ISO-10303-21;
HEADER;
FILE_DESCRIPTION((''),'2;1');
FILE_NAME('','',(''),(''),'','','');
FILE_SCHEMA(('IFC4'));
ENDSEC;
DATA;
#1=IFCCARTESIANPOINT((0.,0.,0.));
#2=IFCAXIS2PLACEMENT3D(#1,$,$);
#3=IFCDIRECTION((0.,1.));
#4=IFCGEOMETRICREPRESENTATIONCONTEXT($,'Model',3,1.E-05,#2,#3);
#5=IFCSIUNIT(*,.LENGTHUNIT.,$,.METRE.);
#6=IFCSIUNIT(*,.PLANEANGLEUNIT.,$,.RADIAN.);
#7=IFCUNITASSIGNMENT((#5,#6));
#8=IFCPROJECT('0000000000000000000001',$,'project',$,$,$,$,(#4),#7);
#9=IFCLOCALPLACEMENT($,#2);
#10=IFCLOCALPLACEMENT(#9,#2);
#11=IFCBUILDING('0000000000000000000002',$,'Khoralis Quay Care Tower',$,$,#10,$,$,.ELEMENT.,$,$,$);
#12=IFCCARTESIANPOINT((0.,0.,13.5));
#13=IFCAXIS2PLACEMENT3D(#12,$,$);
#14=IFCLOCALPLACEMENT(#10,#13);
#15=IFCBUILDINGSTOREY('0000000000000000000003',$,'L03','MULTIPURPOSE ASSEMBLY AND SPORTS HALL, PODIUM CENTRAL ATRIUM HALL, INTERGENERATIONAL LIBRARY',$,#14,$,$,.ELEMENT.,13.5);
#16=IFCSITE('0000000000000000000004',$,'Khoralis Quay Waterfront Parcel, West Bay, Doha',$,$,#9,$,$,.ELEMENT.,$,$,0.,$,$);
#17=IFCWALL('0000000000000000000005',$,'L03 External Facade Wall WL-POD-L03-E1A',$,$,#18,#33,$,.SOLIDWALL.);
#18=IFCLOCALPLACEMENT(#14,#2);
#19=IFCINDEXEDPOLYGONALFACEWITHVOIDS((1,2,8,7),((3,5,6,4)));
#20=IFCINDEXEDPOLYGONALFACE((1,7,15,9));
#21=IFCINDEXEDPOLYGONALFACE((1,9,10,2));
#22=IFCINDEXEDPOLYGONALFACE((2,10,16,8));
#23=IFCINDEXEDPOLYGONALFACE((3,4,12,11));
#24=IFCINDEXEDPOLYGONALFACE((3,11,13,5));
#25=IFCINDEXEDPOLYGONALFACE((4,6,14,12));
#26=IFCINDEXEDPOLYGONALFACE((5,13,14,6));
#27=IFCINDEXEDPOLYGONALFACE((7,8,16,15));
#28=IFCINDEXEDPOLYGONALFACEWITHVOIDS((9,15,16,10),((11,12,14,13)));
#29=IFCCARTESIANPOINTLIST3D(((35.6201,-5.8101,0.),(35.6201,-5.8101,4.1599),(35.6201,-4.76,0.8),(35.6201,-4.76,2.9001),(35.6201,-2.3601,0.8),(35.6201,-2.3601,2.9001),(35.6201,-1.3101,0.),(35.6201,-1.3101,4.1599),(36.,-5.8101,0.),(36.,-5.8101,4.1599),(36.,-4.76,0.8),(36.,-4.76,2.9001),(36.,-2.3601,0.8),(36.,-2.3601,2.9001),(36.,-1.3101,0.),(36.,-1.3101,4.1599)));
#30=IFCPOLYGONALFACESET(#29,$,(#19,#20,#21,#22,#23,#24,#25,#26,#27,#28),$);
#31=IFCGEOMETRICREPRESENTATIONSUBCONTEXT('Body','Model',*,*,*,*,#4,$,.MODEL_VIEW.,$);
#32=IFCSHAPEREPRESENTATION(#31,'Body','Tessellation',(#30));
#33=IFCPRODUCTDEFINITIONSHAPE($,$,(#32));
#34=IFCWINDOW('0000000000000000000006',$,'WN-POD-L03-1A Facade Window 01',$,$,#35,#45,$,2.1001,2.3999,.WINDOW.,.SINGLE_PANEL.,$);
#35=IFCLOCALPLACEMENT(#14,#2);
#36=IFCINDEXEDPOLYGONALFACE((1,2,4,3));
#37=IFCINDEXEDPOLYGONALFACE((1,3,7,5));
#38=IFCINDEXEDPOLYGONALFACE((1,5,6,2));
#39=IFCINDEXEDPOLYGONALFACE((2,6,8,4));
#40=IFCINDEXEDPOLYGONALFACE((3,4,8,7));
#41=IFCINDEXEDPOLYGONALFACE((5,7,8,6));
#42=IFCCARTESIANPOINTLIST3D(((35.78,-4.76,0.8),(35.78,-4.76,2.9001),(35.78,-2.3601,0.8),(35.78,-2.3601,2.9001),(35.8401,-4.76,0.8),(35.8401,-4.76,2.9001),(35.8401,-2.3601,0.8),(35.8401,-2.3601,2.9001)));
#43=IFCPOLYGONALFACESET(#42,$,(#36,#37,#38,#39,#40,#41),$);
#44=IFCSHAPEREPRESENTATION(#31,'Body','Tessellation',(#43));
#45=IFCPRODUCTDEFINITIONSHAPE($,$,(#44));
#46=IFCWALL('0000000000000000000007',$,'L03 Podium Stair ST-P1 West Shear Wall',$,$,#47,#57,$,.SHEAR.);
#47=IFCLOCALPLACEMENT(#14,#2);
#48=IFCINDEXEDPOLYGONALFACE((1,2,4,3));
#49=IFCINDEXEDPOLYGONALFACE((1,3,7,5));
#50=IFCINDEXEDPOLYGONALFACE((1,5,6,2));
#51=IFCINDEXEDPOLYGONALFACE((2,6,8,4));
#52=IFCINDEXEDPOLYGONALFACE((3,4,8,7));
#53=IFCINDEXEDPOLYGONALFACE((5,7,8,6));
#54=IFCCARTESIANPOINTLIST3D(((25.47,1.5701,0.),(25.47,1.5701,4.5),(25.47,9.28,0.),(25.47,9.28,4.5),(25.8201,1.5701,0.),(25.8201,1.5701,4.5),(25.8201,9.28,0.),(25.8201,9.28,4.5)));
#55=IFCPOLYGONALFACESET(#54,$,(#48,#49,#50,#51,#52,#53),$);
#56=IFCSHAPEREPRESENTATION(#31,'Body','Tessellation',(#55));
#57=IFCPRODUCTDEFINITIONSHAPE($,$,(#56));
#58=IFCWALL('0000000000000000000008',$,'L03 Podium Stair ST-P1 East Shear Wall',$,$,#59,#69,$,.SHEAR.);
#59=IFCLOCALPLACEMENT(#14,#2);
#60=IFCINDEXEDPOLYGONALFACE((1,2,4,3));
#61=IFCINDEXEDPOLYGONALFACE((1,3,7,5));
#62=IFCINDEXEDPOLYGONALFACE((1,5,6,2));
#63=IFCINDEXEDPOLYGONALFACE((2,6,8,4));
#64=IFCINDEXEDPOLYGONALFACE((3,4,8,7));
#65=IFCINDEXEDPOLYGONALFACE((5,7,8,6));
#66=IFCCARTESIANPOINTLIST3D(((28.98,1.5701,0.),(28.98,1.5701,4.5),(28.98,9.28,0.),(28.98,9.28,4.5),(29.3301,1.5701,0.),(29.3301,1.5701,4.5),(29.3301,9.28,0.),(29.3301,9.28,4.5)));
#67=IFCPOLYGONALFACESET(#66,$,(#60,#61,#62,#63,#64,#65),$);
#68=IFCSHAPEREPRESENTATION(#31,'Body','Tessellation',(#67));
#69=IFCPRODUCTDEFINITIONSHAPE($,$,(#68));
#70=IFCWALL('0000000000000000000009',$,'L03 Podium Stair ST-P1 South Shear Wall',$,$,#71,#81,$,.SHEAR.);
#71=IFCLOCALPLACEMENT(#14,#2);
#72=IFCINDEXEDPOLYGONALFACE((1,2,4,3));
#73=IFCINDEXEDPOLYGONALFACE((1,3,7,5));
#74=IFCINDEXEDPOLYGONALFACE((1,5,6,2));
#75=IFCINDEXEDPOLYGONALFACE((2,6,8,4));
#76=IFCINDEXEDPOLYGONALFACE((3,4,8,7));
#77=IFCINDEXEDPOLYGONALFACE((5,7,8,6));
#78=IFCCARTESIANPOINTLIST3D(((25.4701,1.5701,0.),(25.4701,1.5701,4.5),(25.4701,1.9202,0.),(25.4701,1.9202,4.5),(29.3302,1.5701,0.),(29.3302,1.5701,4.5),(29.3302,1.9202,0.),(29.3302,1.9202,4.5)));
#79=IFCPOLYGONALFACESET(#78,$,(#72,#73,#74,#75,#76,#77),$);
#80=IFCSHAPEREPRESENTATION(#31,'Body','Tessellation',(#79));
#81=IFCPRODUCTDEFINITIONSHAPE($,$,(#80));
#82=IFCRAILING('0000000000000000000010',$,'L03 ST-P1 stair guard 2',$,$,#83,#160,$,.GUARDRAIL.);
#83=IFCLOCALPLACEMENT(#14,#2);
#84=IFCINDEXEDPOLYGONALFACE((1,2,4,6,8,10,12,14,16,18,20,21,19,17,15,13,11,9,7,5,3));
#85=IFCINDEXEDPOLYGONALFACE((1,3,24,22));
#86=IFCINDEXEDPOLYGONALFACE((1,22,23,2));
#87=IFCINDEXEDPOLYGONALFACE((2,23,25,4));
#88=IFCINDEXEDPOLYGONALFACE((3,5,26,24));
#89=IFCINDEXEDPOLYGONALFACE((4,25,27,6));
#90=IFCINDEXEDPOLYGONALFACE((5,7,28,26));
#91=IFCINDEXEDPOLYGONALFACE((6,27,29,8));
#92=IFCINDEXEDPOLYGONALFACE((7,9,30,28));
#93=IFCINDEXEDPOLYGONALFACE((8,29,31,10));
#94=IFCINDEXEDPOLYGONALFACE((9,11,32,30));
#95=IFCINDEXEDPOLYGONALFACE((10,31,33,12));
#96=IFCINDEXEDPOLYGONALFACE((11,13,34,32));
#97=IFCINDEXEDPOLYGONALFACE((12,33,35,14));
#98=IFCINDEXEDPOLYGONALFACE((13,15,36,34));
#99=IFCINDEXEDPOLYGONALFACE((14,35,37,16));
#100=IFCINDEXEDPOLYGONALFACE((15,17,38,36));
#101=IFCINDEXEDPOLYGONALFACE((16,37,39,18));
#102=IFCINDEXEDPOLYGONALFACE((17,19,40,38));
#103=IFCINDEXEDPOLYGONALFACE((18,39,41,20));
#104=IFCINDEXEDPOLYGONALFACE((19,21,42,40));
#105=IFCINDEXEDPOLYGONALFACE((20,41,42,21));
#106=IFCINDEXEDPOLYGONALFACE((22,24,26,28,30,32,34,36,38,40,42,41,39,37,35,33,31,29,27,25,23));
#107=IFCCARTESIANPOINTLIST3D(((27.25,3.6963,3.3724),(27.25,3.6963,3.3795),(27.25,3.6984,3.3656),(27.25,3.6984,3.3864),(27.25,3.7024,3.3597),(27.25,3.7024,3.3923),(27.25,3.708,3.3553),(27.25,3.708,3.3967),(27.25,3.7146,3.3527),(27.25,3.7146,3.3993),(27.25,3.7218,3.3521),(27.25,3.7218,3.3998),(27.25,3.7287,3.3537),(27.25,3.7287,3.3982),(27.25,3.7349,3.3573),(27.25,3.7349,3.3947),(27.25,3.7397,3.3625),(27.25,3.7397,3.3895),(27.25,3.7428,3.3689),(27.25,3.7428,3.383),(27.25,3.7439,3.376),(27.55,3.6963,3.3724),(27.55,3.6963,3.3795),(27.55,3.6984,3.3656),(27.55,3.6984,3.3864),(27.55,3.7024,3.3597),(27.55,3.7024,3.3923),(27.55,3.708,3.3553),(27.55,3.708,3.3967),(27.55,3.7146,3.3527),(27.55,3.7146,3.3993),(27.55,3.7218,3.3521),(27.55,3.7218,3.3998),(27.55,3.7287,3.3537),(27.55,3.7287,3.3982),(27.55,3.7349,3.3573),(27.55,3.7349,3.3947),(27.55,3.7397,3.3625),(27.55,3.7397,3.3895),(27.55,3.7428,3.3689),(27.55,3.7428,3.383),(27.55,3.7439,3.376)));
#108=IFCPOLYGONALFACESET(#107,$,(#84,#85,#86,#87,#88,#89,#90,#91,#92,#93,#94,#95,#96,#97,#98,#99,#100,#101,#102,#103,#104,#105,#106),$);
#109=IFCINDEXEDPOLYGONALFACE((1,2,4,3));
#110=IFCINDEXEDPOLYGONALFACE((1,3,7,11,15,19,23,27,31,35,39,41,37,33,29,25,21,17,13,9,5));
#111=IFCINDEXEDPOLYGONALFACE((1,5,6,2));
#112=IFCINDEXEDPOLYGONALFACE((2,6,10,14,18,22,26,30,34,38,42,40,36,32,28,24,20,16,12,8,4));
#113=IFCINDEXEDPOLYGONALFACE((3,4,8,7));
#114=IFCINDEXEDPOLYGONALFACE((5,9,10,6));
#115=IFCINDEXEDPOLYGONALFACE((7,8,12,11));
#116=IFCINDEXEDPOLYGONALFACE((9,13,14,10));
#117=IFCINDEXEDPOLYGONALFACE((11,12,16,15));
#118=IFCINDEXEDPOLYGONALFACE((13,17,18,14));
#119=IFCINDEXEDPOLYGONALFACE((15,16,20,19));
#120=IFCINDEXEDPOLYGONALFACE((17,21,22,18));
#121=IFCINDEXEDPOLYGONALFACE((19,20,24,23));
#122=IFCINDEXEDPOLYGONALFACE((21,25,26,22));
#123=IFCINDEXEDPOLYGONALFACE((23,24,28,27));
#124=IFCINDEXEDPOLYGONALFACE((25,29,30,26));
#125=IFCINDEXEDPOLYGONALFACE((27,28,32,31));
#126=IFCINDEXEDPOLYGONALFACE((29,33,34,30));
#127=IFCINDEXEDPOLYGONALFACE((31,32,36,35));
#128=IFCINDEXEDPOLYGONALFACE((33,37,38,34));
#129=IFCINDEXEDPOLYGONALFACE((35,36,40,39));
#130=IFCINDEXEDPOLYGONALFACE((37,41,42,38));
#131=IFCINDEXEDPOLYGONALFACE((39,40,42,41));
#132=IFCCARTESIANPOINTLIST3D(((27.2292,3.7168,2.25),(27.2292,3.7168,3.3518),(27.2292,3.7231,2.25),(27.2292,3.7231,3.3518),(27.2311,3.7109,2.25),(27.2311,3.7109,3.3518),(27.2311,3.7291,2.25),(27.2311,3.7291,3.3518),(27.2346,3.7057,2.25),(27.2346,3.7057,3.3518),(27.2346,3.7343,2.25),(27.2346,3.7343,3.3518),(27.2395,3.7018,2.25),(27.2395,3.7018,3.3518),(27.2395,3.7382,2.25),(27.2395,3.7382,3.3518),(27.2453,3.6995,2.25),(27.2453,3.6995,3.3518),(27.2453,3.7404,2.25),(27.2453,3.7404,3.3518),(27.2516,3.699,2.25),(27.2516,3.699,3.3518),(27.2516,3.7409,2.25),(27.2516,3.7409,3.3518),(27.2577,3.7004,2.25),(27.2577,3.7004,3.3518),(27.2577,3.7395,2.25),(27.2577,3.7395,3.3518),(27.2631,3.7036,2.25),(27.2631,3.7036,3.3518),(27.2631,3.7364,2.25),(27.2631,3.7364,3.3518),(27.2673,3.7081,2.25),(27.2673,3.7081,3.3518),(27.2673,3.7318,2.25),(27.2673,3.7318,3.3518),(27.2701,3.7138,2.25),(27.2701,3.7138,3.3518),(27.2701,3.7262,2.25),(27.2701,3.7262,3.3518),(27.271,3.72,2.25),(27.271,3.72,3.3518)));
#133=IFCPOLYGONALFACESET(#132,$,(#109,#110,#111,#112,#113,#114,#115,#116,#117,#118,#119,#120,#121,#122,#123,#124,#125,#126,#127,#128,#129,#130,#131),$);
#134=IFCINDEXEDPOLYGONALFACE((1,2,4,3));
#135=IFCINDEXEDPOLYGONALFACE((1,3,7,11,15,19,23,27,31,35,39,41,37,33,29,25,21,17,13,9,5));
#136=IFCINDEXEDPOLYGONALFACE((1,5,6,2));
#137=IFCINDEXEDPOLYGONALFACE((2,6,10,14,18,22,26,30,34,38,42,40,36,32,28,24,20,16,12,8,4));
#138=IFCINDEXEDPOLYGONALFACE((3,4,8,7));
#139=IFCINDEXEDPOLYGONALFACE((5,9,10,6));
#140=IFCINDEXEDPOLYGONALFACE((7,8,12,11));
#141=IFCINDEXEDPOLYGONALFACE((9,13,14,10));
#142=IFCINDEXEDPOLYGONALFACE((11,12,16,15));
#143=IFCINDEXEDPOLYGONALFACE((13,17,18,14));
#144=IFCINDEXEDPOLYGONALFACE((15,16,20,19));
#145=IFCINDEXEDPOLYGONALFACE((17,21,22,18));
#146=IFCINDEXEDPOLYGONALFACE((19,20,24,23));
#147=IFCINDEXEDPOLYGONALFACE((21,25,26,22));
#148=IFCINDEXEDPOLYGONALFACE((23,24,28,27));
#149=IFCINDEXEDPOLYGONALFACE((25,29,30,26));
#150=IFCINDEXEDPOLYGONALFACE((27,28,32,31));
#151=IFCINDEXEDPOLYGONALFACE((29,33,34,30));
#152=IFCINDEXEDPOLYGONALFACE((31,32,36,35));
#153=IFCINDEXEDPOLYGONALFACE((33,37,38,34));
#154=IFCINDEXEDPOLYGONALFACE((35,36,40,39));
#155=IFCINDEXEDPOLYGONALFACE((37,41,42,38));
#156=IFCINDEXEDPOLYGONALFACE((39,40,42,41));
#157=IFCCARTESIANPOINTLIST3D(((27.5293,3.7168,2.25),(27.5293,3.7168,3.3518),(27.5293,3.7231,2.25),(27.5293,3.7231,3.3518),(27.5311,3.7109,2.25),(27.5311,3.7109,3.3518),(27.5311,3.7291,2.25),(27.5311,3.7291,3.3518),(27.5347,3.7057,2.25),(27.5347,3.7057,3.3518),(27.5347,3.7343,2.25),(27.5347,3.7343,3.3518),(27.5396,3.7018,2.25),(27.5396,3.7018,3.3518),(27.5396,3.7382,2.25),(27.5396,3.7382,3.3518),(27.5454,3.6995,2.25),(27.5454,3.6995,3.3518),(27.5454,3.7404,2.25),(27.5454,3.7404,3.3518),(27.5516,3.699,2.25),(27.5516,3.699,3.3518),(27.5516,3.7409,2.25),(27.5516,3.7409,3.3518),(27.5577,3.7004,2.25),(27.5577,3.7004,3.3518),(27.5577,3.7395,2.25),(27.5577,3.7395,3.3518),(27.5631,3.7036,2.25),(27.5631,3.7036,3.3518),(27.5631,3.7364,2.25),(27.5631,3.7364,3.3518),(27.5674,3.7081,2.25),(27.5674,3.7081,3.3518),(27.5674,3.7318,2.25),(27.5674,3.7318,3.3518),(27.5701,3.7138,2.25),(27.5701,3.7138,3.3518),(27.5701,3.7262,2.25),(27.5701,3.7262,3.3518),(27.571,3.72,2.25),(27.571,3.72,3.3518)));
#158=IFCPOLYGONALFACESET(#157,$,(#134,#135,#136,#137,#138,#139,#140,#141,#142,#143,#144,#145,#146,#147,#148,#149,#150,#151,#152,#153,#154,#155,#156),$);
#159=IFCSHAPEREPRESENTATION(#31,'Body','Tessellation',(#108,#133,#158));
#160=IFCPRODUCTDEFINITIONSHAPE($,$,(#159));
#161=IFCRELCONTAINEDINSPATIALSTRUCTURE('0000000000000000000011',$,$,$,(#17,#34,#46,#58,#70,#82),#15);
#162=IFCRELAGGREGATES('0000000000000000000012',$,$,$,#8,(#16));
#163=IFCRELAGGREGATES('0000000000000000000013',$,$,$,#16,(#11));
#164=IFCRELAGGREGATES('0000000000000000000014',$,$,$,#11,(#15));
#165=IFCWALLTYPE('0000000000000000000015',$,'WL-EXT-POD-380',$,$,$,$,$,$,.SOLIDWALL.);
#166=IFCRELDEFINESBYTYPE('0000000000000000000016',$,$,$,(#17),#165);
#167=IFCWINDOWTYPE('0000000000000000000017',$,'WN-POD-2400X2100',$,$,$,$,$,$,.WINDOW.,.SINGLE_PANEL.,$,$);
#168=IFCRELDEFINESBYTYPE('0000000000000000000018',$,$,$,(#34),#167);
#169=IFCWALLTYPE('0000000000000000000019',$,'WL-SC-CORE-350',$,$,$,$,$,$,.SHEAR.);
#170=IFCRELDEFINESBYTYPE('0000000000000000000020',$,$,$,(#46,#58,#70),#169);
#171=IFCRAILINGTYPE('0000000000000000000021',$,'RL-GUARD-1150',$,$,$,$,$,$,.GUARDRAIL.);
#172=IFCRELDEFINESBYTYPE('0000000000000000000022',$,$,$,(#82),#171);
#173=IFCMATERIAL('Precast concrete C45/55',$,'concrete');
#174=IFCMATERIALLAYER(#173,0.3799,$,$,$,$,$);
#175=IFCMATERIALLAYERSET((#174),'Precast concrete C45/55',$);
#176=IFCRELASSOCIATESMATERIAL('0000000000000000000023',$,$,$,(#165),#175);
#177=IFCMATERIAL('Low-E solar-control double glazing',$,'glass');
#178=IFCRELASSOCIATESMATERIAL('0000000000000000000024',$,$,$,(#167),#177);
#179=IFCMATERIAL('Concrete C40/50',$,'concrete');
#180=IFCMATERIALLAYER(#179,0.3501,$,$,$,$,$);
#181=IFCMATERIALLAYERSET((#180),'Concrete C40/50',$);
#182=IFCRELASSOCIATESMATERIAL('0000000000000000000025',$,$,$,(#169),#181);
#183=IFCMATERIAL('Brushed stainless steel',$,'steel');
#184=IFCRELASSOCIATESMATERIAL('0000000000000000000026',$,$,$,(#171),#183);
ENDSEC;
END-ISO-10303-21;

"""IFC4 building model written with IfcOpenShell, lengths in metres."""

from ifc_helpers import new_model, si_unit, direction, frame, frame_2d, origin, origin_2d, place, context, subcontext, project, spatial, rectangle, circle, extrude, source, transform, mapped, material, layer, layer_set, type_object, element, fill, save


model = new_model("IFC4")

# Units and contexts
model_context = context("Model", 3, precision=1e-05, world=origin(), true_north=direction((0.0, 1.0)))
body_context = subcontext(model_context, "Body", "Model", "MODEL_VIEW")
ifc_project = project(units=[si_unit("LENGTHUNIT", "METRE"), si_unit("PLANEANGLEUNIT", "RADIAN")], contexts=[model_context])

# Site, building, storey
site_placement = place(None, origin())
site = spatial("IfcSite", under=ifc_project, at=site_placement, Name="Khoralis Quay Waterfront Parcel, West Bay, Doha", CompositionType="ELEMENT", RefElevation=0.0)
building_placement = place(site_placement, origin())
building = spatial("IfcBuilding", under=site, at=building_placement, Name="Khoralis Quay Care Tower", CompositionType="ELEMENT")
storey_placement = place(building_placement, frame((0.0, 0.0, 13.5)))
storey = spatial("IfcBuildingStorey", under=building, at=storey_placement, Name="L03", Description="MULTIPURPOSE ASSEMBLY AND SPORTS HALL, PODIUM CENTRAL ATRIUM HALL, INTERGENERATIONAL LIBRARY", CompositionType="ELEMENT", Elevation=13.5)

# Shared definitions
ifc_material_1 = material(Name="Low-E solar-control double glazing", Category="glass")

# Wall, opening, window
ifc_material_2 = material(Name="Precast concrete C45/55", Category="concrete")
ifc_layer_1 = layer(ifc_material_2, 0.3799)
ifc_layer_set_1 = layer_set([ifc_layer_1], Name="Precast concrete C45/55")
wall_type_1 = type_object("IfcWallType", Name="WL-EXT-POD-380", PredefinedType="SOLIDWALL", material=ifc_layer_set_1)
wall_1_placement = place(storey_placement, frame((35.8101, -5.8101, 0.0), z_axis=(0.0, 0.0, 1.0), x_axis=(0.0, 1.0, 0.0)))
wall_1 = element("IfcWall", 1, at=wall_1_placement, inside=storey, type_object=wall_type_1, Name="L03 External Facade Wall WL-POD-L03-E1A", PredefinedType="SOLIDWALL", context=body_context, shape_type="SweptSolid", body=[
    extrude(rectangle(XDim=4.5, YDim=0.3799, at=frame_2d((2.25, 0.0))), origin(), (0.0, 0.0, 1.0), 4.1599),
])
opening_placement = place(wall_1_placement, frame((1.05, 0.0, 0.8)))
opening = element("IfcOpeningElement", 2, at=opening_placement, cuts=wall_1, PredefinedType="OPENING", context=body_context, shape_type="SweptSolid", body=[
    extrude(rectangle(XDim=2.3999, YDim=2.1001, at=frame_2d((1.2, 1.05))), frame((0.0, 0.2, 0.0), z_axis=(0.0, -1.0, 0.0), x_axis=(1.0, 0.0, 0.0)), (0.0, 0.0, 1.0), 0.3999),
])
window_type = type_object("IfcWindowType", Name="WN-POD-2400X2100", PartitioningType="SINGLE_PANEL", PredefinedType="WINDOW", material=ifc_material_1)
shared_shape_1 = source(origin(), body_context, "Body", "SweptSolid", [
    extrude(rectangle(XDim=2.3999, YDim=2.1001, at=frame_2d((1.2, 1.05))), frame((0.0, 0.03, 0.0), z_axis=(0.0, -1.0, 0.0), x_axis=(1.0, 0.0, 0.0)), (0.0, 0.0, 1.0), 0.0601),
])
window_placement = place(opening_placement, origin())
window = element("IfcWindow", 3, at=window_placement, inside=storey, type_object=window_type, Name="WN-POD-L03-1A Facade Window 01", OverallHeight=2.1001, OverallWidth=2.3999, PartitioningType="SINGLE_PANEL", PredefinedType="WINDOW", context=body_context, shape_type="MappedRepresentation", body=[
    mapped(shared_shape_1, transform((0.0, 0.0, 0.0), scale=1.0)),
])
fill(opening, window)

# Walls
ifc_material_3 = material(Name="Concrete C40/50", Category="concrete")
ifc_layer_2 = layer(ifc_material_3, 0.3501)
ifc_layer_set_2 = layer_set([ifc_layer_2], Name="Concrete C40/50")
wall_type_2 = type_object("IfcWallType", Name="WL-SC-CORE-350", PredefinedType="SHEAR", material=ifc_layer_set_2)
for number, where, z_axis, x_axis, name in (
    (4, (25.645, 1.5701, 0.0), (0.0, 0.0, 1.0), (0.0, 1.0, 0.0), "L03 Podium Stair ST-P1 West Shear Wall"),
    (5, (29.155, 1.5701, 0.0), (0.0, 0.0, 1.0), (0.0, 1.0, 0.0), "L03 Podium Stair ST-P1 East Shear Wall"),
):
    element("IfcWall", number, at=place(storey_placement, frame(where, z_axis=z_axis, x_axis=x_axis)), inside=storey, type_object=wall_type_2, Name=name, PredefinedType="SHEAR", context=body_context, shape_type="SweptSolid", body=[
        extrude(rectangle(XDim=7.71, YDim=0.3501, at=frame_2d((3.855, 0.0))), origin(), (0.0, 0.0, 1.0), 4.5),
    ])
wall_2_placement = place(storey_placement, frame((25.47, 1.7451, 0.0), z_axis=(0.0, 0.0, 1.0), x_axis=(1.0, 0.0, 0.0)))
element("IfcWall", 6, at=wall_2_placement, inside=storey, type_object=wall_type_2, Name="L03 Podium Stair ST-P1 South Shear Wall", PredefinedType="SHEAR", context=body_context, shape_type="SweptSolid", body=[
    extrude(rectangle(XDim=3.8601, YDim=0.3501, at=frame_2d((1.9302, 0.0))), origin(), (0.0, 0.0, 1.0), 4.5),
])

# Railing
ifc_material_4 = material(Name="Brushed stainless steel", Category="steel")
railing_type = type_object("IfcRailingType", Name="RL-GUARD-1150", PredefinedType="GUARDRAIL", material=ifc_material_4)
railing_1_placement = place(storey_placement, frame((27.25, 3.72, 2.25)))
element("IfcRailing", 7, at=railing_1_placement, inside=storey, type_object=railing_type, Name="L03 ST-P1 stair guard 2", PredefinedType="GUARDRAIL", context=body_context, shape_type="SweptSolid", body=[
    extrude(circle(Radius=0.0239, at=origin_2d()), frame((0.0, 0.0, 1.126), z_axis=(1.0, 0.0, 0.0), x_axis=(0.0, 1.0, 0.0)), (0.0, 0.0, 1.0), 0.3),
    extrude(circle(Radius=0.021, at=origin_2d()), origin(), (0.0, 0.0, 1.0), 1.1018),
    extrude(circle(Radius=0.021, at=origin_2d()), frame((0.3, 0.0, 0.0)), (0.0, 0.0, 1.0), 1.1018),
])

save(model, "model.ifc")
